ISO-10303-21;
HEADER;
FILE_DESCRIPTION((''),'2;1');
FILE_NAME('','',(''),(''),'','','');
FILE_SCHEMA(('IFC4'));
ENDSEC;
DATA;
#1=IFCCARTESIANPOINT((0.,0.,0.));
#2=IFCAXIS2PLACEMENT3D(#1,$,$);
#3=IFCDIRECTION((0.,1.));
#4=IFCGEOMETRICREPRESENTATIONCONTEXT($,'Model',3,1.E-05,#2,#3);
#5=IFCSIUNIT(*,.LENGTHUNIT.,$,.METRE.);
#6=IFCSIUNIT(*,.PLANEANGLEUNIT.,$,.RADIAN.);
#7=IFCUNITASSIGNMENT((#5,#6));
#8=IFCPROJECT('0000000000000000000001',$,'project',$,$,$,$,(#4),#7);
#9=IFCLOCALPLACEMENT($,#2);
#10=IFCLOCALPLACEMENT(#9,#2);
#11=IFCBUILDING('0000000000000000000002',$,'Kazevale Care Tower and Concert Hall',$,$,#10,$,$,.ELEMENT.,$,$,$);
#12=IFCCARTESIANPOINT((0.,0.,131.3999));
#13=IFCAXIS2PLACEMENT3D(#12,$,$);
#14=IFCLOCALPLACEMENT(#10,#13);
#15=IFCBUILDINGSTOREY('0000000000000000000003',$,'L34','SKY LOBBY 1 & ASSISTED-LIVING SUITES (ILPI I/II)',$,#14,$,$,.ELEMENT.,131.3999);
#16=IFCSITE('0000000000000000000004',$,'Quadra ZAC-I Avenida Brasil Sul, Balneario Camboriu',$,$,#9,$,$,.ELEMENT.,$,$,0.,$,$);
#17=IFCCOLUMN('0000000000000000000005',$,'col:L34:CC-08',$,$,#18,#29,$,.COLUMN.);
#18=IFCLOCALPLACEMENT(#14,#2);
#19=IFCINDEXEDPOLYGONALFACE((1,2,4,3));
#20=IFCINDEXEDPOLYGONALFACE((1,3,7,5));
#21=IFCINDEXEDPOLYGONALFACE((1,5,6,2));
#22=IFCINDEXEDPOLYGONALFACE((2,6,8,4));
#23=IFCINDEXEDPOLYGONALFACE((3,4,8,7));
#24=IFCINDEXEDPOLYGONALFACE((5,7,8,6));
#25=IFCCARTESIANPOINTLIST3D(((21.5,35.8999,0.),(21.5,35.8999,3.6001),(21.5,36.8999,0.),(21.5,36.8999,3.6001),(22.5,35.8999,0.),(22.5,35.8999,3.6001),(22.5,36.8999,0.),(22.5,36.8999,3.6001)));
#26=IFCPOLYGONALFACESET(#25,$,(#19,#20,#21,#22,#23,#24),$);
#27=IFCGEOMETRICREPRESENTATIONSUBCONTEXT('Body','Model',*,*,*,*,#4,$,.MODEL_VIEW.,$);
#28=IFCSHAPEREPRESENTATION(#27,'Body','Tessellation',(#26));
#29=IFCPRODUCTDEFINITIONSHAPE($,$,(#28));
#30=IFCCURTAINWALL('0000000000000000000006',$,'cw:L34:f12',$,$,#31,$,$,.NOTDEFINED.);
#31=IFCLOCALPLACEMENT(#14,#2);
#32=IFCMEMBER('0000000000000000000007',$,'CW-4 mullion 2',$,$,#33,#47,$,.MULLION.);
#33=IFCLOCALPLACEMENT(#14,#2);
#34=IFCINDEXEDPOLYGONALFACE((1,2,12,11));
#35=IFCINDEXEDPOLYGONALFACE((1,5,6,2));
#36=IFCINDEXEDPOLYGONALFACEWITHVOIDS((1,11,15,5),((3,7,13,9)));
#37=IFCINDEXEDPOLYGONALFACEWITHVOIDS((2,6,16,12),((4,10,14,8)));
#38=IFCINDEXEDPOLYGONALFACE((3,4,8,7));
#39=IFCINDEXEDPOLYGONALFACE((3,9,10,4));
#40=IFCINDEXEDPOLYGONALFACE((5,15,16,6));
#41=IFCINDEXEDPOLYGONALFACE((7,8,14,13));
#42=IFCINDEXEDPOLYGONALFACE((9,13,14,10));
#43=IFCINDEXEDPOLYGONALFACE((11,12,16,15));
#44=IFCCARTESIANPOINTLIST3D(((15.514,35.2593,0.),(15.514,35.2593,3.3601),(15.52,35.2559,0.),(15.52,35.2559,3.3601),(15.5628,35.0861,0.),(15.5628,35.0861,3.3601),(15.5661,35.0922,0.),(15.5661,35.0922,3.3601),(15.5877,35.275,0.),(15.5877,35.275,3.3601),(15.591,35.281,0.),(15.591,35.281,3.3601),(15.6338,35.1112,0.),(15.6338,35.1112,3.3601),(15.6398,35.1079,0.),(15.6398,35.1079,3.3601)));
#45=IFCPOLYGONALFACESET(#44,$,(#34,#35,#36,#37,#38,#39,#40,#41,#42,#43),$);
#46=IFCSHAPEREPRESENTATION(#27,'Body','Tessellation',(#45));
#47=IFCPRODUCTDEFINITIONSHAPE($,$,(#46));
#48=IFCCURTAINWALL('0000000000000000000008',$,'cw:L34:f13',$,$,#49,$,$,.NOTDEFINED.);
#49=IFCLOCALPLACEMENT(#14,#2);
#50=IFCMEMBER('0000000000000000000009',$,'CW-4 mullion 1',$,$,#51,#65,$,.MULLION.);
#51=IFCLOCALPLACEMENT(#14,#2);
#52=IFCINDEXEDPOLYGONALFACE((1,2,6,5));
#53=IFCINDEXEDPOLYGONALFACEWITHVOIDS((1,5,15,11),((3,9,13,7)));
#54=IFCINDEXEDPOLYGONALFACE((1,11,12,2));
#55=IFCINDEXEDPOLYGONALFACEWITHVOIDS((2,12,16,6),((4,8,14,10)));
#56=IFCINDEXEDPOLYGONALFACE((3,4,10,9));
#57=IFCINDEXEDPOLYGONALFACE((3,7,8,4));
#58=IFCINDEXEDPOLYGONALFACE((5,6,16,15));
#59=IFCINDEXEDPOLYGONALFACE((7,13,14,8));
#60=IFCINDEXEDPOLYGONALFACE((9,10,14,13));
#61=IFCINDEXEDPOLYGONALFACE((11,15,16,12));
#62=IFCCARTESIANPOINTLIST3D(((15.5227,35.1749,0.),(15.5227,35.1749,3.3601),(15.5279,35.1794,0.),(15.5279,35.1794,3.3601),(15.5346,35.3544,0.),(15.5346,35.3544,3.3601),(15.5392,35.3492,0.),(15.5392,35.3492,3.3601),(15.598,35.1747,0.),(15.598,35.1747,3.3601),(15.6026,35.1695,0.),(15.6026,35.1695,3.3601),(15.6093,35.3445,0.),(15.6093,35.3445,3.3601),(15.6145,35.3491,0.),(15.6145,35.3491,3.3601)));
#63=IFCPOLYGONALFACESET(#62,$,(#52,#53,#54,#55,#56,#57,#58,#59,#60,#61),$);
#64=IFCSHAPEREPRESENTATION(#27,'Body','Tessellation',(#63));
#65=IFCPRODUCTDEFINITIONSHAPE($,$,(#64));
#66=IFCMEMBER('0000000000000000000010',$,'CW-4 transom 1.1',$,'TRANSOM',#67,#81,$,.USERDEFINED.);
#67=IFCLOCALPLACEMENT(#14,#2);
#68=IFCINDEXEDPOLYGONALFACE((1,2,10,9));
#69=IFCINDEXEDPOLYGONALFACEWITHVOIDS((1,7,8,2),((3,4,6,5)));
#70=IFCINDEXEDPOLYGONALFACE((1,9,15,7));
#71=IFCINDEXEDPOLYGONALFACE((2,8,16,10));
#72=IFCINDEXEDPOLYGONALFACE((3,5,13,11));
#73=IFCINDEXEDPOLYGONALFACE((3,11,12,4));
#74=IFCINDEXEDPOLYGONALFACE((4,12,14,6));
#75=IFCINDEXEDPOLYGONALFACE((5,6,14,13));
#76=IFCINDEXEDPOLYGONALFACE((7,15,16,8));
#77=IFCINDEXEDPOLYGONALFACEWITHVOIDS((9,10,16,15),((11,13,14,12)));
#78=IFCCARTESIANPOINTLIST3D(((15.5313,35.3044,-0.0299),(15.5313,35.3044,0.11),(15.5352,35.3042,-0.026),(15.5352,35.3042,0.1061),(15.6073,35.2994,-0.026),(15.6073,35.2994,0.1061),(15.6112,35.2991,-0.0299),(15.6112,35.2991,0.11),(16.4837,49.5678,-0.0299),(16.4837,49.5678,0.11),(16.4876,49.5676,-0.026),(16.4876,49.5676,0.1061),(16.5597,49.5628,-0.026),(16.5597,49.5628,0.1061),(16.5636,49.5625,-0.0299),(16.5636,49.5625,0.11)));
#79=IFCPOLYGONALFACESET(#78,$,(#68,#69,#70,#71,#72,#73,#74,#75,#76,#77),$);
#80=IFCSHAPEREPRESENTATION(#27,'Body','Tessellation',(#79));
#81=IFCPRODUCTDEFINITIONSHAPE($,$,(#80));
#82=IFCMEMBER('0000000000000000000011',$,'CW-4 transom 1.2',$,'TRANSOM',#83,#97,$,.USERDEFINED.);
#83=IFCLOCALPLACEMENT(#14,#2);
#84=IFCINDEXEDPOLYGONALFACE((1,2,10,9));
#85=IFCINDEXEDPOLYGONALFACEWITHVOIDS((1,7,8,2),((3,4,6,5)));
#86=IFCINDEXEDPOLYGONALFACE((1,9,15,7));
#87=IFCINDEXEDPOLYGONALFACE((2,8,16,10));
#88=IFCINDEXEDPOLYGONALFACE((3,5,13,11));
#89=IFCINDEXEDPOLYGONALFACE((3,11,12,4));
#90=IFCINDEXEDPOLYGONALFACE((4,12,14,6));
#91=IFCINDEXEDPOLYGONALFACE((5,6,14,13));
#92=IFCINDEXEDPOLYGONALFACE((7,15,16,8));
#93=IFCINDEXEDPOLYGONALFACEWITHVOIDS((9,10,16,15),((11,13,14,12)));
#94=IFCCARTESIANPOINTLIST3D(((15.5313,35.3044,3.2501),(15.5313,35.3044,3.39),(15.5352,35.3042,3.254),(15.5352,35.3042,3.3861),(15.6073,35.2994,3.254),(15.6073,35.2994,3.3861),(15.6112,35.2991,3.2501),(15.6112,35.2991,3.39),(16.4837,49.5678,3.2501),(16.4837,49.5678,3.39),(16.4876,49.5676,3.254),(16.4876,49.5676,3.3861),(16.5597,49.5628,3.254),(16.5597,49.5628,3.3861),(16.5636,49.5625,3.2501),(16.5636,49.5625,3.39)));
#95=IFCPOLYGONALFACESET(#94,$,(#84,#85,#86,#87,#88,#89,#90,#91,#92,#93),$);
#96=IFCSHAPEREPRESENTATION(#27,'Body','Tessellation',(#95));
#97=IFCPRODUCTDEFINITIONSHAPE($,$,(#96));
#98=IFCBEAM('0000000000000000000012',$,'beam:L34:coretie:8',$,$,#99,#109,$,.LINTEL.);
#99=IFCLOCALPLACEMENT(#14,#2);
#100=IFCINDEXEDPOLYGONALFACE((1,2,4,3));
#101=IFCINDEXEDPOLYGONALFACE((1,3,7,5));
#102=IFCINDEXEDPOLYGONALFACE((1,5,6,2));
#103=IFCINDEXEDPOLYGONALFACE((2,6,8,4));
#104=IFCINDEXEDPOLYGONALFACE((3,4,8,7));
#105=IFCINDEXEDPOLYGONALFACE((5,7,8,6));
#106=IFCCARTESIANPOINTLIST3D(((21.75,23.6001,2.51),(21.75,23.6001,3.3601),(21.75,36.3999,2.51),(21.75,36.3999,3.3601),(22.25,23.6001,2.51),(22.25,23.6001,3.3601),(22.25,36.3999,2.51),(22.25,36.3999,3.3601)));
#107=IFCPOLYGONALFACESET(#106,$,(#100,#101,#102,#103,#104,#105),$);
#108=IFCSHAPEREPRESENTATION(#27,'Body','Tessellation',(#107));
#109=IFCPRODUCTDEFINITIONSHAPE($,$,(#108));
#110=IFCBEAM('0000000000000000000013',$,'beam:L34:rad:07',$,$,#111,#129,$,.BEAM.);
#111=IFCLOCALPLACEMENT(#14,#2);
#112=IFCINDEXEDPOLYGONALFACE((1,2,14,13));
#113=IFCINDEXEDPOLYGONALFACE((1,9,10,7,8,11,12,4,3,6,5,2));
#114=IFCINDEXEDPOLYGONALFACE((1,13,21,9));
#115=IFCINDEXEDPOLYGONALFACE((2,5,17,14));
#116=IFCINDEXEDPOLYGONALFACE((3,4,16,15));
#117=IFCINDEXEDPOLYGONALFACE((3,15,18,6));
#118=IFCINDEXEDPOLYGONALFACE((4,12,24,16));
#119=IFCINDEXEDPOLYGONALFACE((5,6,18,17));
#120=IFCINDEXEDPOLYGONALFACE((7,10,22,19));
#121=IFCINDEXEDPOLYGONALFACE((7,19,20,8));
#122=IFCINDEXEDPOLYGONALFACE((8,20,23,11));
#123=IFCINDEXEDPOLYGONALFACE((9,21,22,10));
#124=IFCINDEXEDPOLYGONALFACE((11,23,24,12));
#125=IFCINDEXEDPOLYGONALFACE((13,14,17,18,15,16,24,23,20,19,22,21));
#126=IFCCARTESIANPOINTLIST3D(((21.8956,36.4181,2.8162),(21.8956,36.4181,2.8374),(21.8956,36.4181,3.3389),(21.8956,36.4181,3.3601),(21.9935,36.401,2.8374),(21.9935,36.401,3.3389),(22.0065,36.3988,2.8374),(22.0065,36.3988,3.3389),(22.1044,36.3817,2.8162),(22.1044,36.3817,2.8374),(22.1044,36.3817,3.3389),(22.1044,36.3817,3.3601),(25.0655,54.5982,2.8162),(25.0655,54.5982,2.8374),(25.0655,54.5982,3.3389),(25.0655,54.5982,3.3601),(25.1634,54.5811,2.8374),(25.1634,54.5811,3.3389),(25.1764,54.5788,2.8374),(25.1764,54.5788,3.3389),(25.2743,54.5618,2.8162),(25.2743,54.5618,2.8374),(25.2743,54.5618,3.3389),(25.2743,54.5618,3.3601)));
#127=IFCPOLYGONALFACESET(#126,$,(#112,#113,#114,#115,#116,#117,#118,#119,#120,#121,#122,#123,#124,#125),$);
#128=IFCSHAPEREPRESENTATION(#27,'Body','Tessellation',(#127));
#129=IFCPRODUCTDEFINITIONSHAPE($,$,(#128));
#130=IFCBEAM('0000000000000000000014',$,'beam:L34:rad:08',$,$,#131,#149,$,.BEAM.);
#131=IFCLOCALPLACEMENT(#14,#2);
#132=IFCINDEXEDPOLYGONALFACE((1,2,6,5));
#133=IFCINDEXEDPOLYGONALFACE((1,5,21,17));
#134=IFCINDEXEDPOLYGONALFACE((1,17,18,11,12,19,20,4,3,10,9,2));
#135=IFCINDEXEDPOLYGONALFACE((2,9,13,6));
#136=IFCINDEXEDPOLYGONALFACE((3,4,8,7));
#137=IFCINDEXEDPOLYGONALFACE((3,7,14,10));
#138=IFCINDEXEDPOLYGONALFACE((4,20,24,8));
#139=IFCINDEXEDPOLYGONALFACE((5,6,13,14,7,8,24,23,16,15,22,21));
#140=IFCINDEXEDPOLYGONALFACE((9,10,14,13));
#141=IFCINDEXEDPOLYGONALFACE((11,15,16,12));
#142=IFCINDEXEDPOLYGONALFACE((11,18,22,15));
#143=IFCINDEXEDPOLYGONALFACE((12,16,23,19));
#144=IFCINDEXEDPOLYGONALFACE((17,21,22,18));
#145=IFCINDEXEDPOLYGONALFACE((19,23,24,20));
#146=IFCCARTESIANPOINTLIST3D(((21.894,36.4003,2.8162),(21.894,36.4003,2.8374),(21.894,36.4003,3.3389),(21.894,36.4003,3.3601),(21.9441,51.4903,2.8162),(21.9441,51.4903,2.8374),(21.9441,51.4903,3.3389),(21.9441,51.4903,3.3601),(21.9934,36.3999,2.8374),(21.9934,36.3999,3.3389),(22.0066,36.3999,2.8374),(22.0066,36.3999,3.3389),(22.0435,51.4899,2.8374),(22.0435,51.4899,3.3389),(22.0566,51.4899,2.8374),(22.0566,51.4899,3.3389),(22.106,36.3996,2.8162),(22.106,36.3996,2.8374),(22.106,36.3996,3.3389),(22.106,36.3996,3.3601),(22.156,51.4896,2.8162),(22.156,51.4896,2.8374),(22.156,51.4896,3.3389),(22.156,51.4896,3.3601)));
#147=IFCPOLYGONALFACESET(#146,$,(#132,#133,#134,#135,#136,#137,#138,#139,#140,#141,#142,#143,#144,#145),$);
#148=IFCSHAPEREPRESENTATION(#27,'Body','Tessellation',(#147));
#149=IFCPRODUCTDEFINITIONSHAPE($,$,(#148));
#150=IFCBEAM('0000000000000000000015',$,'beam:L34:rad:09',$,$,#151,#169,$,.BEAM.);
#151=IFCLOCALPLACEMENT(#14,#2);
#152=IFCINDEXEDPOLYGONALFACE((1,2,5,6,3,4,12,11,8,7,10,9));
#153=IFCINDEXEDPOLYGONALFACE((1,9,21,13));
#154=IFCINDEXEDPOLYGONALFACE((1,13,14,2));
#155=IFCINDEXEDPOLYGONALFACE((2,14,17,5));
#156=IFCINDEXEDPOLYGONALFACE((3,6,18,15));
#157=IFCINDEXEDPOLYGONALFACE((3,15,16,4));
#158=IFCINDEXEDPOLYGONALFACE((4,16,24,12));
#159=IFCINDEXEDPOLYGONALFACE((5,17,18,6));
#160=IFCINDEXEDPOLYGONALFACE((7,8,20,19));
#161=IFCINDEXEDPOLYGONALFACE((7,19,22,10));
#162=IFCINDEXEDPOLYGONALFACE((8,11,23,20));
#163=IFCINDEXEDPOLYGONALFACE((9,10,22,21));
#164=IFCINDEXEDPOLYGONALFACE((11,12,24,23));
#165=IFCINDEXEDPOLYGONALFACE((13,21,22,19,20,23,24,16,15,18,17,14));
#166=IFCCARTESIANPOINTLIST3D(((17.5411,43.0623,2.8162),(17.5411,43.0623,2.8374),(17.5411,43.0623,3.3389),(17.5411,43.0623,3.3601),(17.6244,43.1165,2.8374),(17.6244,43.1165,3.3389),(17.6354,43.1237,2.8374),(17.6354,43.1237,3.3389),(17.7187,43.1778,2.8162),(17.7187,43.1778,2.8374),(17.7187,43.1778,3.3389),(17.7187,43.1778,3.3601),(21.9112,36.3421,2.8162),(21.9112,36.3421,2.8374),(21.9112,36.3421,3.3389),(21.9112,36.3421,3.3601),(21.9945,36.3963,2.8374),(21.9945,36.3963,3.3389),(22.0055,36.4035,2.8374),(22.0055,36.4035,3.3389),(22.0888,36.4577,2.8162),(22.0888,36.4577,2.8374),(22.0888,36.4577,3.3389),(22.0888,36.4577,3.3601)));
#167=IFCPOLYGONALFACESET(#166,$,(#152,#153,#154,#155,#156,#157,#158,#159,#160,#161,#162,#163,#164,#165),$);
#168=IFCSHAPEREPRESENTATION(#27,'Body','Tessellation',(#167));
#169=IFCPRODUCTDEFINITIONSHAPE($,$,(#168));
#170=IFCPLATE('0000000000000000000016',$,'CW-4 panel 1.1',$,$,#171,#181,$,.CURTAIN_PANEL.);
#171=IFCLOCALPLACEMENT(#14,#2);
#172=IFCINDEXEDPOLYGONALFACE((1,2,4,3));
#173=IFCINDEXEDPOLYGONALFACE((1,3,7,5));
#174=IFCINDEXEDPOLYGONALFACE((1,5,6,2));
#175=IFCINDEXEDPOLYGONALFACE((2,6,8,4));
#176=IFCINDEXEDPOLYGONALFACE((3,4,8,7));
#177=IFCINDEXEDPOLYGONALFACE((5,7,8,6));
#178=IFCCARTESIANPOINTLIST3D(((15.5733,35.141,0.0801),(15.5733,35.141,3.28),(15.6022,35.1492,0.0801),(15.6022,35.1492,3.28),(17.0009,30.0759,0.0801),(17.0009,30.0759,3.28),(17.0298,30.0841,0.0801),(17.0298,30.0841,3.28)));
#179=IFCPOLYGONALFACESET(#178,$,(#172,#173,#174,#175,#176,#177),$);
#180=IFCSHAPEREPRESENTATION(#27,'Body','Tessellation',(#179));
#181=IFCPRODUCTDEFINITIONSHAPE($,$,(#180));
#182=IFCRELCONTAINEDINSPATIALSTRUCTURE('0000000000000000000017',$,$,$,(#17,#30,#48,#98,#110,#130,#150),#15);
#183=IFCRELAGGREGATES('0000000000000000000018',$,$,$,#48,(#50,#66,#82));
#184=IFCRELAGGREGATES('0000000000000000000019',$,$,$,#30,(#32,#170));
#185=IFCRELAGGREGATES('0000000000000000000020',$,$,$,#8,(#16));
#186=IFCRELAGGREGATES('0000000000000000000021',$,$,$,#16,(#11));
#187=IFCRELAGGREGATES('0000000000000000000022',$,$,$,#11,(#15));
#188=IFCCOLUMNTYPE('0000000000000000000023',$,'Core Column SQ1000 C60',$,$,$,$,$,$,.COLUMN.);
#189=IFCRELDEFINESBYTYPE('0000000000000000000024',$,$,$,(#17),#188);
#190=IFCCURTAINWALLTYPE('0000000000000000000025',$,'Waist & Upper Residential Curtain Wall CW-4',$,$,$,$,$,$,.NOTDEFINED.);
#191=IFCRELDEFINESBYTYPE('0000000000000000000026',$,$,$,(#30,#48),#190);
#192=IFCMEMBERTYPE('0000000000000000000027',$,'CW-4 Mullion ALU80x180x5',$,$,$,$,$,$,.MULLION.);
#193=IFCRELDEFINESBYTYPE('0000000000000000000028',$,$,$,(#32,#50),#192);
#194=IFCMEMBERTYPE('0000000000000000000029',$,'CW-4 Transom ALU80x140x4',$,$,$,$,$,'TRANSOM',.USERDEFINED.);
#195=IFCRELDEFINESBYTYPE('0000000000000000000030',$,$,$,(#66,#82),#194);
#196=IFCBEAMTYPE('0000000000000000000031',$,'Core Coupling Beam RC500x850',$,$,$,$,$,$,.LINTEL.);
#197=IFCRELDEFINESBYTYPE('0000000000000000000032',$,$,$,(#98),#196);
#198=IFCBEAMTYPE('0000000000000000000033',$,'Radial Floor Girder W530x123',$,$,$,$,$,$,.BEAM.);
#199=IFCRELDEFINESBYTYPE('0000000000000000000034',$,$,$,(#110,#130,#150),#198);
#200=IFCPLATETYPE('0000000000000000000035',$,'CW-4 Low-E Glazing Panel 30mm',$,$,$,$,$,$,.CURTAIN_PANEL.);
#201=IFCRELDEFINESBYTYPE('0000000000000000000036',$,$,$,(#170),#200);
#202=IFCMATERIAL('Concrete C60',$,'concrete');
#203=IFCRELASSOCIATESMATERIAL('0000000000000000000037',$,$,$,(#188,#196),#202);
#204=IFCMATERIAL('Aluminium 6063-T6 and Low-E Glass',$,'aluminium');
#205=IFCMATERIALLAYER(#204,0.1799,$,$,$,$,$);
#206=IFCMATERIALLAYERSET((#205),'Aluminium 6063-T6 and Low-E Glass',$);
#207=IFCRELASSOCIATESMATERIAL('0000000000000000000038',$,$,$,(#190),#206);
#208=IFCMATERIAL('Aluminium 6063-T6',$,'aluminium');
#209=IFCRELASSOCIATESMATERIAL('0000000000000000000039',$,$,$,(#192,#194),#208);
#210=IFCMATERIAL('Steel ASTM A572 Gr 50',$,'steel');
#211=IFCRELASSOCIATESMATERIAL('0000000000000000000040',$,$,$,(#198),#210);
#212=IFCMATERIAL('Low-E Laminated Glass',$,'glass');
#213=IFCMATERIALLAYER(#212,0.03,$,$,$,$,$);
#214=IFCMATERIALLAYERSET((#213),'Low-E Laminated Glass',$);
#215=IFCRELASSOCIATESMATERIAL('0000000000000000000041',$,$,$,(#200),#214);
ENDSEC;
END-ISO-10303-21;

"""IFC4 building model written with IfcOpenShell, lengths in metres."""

from ifc_helpers import new_model, si_unit, direction, frame, origin, origin_2d, place, context, subcontext, project, spatial, rectangle, hollow_rectangle, i_section, extrude, material, layer, layer_set, material_profile, profile_set, type_object, element, aggregate, save


model = new_model("IFC4")

# Units and contexts
model_context = context("Model", 3, precision=1e-05, world=origin(), true_north=direction((0.0, 1.0)))
body_context = subcontext(model_context, "Body", "Model", "MODEL_VIEW")
ifc_project = project(units=[si_unit("LENGTHUNIT", "METRE"), si_unit("PLANEANGLEUNIT", "RADIAN")], contexts=[model_context])

# Site, building, storey
site_placement = place(None, origin())
site = spatial("IfcSite", under=ifc_project, at=site_placement, Name="Quadra ZAC-I Avenida Brasil Sul, Balneario Camboriu", CompositionType="ELEMENT", RefElevation=0.0)
building_placement = place(site_placement, origin())
building = spatial("IfcBuilding", under=site, at=building_placement, Name="Kazevale Care Tower and Concert Hall", CompositionType="ELEMENT")
storey_placement = place(building_placement, frame((0.0, 0.0, 131.3999)))
storey = spatial("IfcBuildingStorey", under=building, at=storey_placement, Name="L34", Description="SKY LOBBY 1 & ASSISTED-LIVING SUITES (ILPI I/II)", CompositionType="ELEMENT", Elevation=131.3999)

# Column
ifc_material_1 = material(Name="Concrete C60", Category="concrete")
ifc_material_profile_1 = material_profile(ifc_material_1, rectangle(XDim=1.0, YDim=1.0, at=origin_2d()), Name="RC-SQ1000")
ifc_profile_set_1 = profile_set([ifc_material_profile_1], Name="Concrete C60")
column_type = type_object("IfcColumnType", Name="Core Column SQ1000 C60", PredefinedType="COLUMN", material=ifc_profile_set_1)
column_placement = place(storey_placement, frame((22.0, 36.3999, 0.0), z_axis=(0.0, 0.0, 1.0), x_axis=(1.0, 0.0, 0.0)))
element("IfcColumn", 1, at=column_placement, inside=storey, type_object=column_type, Name="col:L34:CC-08", PredefinedType="COLUMN", context=body_context, shape_type="SweptSolid", body=[
    extrude(rectangle(XDim=1.0, YDim=1.0, at=origin_2d()), origin(), (0.0, 0.0, 1.0), 3.6001),
])

# Curtain wall, member
ifc_material_2 = material(Name="Aluminium 6063-T6 and Low-E Glass", Category="aluminium")
ifc_layer_1 = layer(ifc_material_2, 0.1799)
ifc_layer_set_1 = layer_set([ifc_layer_1], Name="Aluminium 6063-T6 and Low-E Glass")
curtain_wall_type = type_object("IfcCurtainWallType", Name="Waist & Upper Residential Curtain Wall CW-4", PredefinedType="NOTDEFINED", material=ifc_layer_set_1)
curtain_wall_1_placement = place(storey_placement, origin())
curtain_wall_1 = element("IfcCurtainWall", 2, at=curtain_wall_1_placement, inside=storey, type_object=curtain_wall_type, Name="cw:L34:f12", PredefinedType="NOTDEFINED")
ifc_material_3 = material(Name="Aluminium 6063-T6", Category="aluminium")
ifc_material_profile_2 = material_profile(ifc_material_3, hollow_rectangle(XDim=0.0801, YDim=0.1799, WallThickness=0.0049, at=origin_2d()), Name="ALU80x180x5")
ifc_profile_set_2 = profile_set([ifc_material_profile_2], Name="Aluminium 6063-T6")
member_type_1 = type_object("IfcMemberType", Name="CW-4 Mullion ALU80x180x5", PredefinedType="MULLION", material=ifc_profile_set_2)
member_1_placement = place(storey_placement, frame((15.5769, 35.1836, 0.0), z_axis=(0.0, 0.0, 1.0), x_axis=(-0.962499, -0.271285, 0.0)))
member_1 = element("IfcMember", 3, at=member_1_placement, type_object=member_type_1, Name="CW-4 mullion 2", PredefinedType="MULLION", context=body_context, shape_type="SweptSolid", body=[
    extrude(hollow_rectangle(XDim=0.0801, YDim=0.1799, WallThickness=0.0049, at=origin_2d()), origin(), (0.0, 0.0, 1.0), 3.3601),
])

# Curtain wall, members
curtain_wall_2_placement = place(storey_placement, origin())
curtain_wall_2 = element("IfcCurtainWall", 4, at=curtain_wall_2_placement, inside=storey, type_object=curtain_wall_type, Name="cw:L34:f13", PredefinedType="NOTDEFINED")
member_2_placement = place(storey_placement, frame((15.5686, 35.262, 0.0), z_axis=(0.0, 0.0, 1.0), x_axis=(-0.997778, 0.06662, 0.0)))
member_2 = element("IfcMember", 5, at=member_2_placement, type_object=member_type_1, Name="CW-4 mullion 1", PredefinedType="MULLION", context=body_context, shape_type="SweptSolid", body=[
    extrude(hollow_rectangle(XDim=0.0801, YDim=0.1799, WallThickness=0.0049, at=origin_2d()), origin(), (0.0, 0.0, 1.0), 3.3601),
])
ifc_material_profile_3 = material_profile(ifc_material_3, hollow_rectangle(XDim=0.0801, YDim=0.1399, WallThickness=0.0039, at=origin_2d()), Name="ALU80x140x4")
ifc_profile_set_3 = profile_set([ifc_material_profile_3], Name="Aluminium 6063-T6")
member_type_2 = type_object("IfcMemberType", Name="CW-4 Transom ALU80x140x4", ElementType="TRANSOM", PredefinedType="USERDEFINED", material=ifc_profile_set_3)
member_3_placement = place(storey_placement, frame((15.5713, 35.3018, 0.04), z_axis=(0.066623, 0.997778, 0.0), x_axis=(-0.997778, 0.066623, 0.0)))
member_3 = element("IfcMember", 6, at=member_3_placement, type_object=member_type_2, Name="CW-4 transom 1.1", ObjectType="TRANSOM", PredefinedType="USERDEFINED", context=body_context, shape_type="SweptSolid", body=[
    extrude(hollow_rectangle(XDim=0.0801, YDim=0.1399, WallThickness=0.0039, at=origin_2d()), origin(), (0.0, 0.0, 1.0), 14.2952),
])
member_4_placement = place(storey_placement, frame((15.5713, 35.3018, 3.3201), z_axis=(0.066623, 0.997778, 0.0), x_axis=(-0.997778, 0.066623, 0.0)))
member_4 = element("IfcMember", 7, at=member_4_placement, type_object=member_type_2, Name="CW-4 transom 1.2", ObjectType="TRANSOM", PredefinedType="USERDEFINED", context=body_context, shape_type="SweptSolid", body=[
    extrude(hollow_rectangle(XDim=0.0801, YDim=0.1399, WallThickness=0.0039, at=origin_2d()), origin(), (0.0, 0.0, 1.0), 14.2952),
])
aggregate(curtain_wall_2, [member_2, member_3, member_4])

# Beams
ifc_material_profile_4 = material_profile(ifc_material_1, rectangle(XDim=0.5, YDim=0.8501, at=origin_2d()), Name="RC-B500x850")
ifc_profile_set_4 = profile_set([ifc_material_profile_4], Name="Concrete C60")
beam_type_1 = type_object("IfcBeamType", Name="Core Coupling Beam RC500x850", PredefinedType="LINTEL", material=ifc_profile_set_4)
beam_1_placement = place(storey_placement, frame((22.0, 36.3999, 2.9351), z_axis=(0.0, -1.0, 0.0), x_axis=(1.0, 0.0, 0.0)))
element("IfcBeam", 8, at=beam_1_placement, inside=storey, type_object=beam_type_1, Name="beam:L34:coretie:8", PredefinedType="LINTEL", context=body_context, shape_type="SweptSolid", body=[
    extrude(rectangle(XDim=0.5, YDim=0.8501, at=origin_2d()), origin(), (0.0, 0.0, 1.0), 12.7998),
])
ifc_material_4 = material(Name="Steel ASTM A572 Gr 50", Category="steel")
ifc_material_profile_5 = material_profile(ifc_material_4, i_section(OverallWidth=0.2119, OverallDepth=0.5439, WebThickness=0.0132, FlangeThickness=0.0212, at=origin_2d()), Name="W530x123")
ifc_profile_set_5 = profile_set([ifc_material_profile_5], Name="Steel ASTM A572 Gr 50")
beam_type_2 = type_object("IfcBeamType", Name="Radial Floor Girder W530x123", PredefinedType="BEAM", material=ifc_profile_set_5)
beam_2_placement = place(storey_placement, frame((22.0, 36.3999, 3.0881), z_axis=(0.17177, 0.985137, 0.0), x_axis=(-0.985137, 0.17177, 0.0)))
element("IfcBeam", 9, at=beam_2_placement, inside=storey, type_object=beam_type_2, Name="beam:L34:rad:07", PredefinedType="BEAM", context=body_context, shape_type="SweptSolid", body=[
    extrude(i_section(OverallWidth=0.2119, OverallDepth=0.5439, WebThickness=0.0132, FlangeThickness=0.0212, at=origin_2d()), origin(), (0.0, 0.0, 1.0), 18.4543),
])
beam_3_placement = place(storey_placement, frame((22.0, 36.3999, 3.0881), z_axis=(0.003317, 0.999994, 0.0), x_axis=(-0.999994, 0.003317, 0.0)))
element("IfcBeam", 10, at=beam_3_placement, inside=storey, type_object=beam_type_2, Name="beam:L34:rad:08", PredefinedType="BEAM", context=body_context, shape_type="SweptSolid", body=[
    extrude(i_section(OverallWidth=0.2119, OverallDepth=0.5439, WebThickness=0.0132, FlangeThickness=0.0212, at=origin_2d()), origin(), (0.0, 0.0, 1.0), 15.0901),
])
beam_4_placement = place(storey_placement, frame((22.0, 36.3999, 3.0881), z_axis=(-0.545162, 0.838331, 0.0), x_axis=(-0.838331, -0.545162, 0.0)))
element("IfcBeam", 11, at=beam_4_placement, inside=storey, type_object=beam_type_2, Name="beam:L34:rad:09", PredefinedType="BEAM", context=body_context, shape_type="SweptSolid", body=[
    extrude(i_section(OverallWidth=0.2119, OverallDepth=0.5439, WebThickness=0.0132, FlangeThickness=0.0212, at=origin_2d()), origin(), (0.0, 0.0, 1.0), 8.0161),
])

# Plate
ifc_material_5 = material(Name="Low-E Laminated Glass", Category="glass")
ifc_layer_2 = layer(ifc_material_5, 0.03)
ifc_layer_set_2 = layer_set([ifc_layer_2], Name="Low-E Laminated Glass")
plate_type = type_object("IfcPlateType", Name="CW-4 Low-E Glazing Panel 30mm", PredefinedType="CURTAIN_PANEL", material=ifc_layer_set_2)
plate_placement = place(storey_placement, frame((16.3015, 32.6125, 0.0801), z_axis=(0.0, 0.0, 1.0), x_axis=(-0.271285, 0.962499, 0.0)))
plate = element("IfcPlate", 12, at=plate_placement, type_object=plate_type, Name="CW-4 panel 1.1", PredefinedType="CURTAIN_PANEL", context=body_context, shape_type="SweptSolid", body=[
    extrude(rectangle(XDim=5.2625, YDim=0.03, at=origin_2d()), origin(), (0.0, 0.0, 1.0), 3.2),
])
aggregate(curtain_wall_1, [member_1, plate])

save(model, "model.ifc")
